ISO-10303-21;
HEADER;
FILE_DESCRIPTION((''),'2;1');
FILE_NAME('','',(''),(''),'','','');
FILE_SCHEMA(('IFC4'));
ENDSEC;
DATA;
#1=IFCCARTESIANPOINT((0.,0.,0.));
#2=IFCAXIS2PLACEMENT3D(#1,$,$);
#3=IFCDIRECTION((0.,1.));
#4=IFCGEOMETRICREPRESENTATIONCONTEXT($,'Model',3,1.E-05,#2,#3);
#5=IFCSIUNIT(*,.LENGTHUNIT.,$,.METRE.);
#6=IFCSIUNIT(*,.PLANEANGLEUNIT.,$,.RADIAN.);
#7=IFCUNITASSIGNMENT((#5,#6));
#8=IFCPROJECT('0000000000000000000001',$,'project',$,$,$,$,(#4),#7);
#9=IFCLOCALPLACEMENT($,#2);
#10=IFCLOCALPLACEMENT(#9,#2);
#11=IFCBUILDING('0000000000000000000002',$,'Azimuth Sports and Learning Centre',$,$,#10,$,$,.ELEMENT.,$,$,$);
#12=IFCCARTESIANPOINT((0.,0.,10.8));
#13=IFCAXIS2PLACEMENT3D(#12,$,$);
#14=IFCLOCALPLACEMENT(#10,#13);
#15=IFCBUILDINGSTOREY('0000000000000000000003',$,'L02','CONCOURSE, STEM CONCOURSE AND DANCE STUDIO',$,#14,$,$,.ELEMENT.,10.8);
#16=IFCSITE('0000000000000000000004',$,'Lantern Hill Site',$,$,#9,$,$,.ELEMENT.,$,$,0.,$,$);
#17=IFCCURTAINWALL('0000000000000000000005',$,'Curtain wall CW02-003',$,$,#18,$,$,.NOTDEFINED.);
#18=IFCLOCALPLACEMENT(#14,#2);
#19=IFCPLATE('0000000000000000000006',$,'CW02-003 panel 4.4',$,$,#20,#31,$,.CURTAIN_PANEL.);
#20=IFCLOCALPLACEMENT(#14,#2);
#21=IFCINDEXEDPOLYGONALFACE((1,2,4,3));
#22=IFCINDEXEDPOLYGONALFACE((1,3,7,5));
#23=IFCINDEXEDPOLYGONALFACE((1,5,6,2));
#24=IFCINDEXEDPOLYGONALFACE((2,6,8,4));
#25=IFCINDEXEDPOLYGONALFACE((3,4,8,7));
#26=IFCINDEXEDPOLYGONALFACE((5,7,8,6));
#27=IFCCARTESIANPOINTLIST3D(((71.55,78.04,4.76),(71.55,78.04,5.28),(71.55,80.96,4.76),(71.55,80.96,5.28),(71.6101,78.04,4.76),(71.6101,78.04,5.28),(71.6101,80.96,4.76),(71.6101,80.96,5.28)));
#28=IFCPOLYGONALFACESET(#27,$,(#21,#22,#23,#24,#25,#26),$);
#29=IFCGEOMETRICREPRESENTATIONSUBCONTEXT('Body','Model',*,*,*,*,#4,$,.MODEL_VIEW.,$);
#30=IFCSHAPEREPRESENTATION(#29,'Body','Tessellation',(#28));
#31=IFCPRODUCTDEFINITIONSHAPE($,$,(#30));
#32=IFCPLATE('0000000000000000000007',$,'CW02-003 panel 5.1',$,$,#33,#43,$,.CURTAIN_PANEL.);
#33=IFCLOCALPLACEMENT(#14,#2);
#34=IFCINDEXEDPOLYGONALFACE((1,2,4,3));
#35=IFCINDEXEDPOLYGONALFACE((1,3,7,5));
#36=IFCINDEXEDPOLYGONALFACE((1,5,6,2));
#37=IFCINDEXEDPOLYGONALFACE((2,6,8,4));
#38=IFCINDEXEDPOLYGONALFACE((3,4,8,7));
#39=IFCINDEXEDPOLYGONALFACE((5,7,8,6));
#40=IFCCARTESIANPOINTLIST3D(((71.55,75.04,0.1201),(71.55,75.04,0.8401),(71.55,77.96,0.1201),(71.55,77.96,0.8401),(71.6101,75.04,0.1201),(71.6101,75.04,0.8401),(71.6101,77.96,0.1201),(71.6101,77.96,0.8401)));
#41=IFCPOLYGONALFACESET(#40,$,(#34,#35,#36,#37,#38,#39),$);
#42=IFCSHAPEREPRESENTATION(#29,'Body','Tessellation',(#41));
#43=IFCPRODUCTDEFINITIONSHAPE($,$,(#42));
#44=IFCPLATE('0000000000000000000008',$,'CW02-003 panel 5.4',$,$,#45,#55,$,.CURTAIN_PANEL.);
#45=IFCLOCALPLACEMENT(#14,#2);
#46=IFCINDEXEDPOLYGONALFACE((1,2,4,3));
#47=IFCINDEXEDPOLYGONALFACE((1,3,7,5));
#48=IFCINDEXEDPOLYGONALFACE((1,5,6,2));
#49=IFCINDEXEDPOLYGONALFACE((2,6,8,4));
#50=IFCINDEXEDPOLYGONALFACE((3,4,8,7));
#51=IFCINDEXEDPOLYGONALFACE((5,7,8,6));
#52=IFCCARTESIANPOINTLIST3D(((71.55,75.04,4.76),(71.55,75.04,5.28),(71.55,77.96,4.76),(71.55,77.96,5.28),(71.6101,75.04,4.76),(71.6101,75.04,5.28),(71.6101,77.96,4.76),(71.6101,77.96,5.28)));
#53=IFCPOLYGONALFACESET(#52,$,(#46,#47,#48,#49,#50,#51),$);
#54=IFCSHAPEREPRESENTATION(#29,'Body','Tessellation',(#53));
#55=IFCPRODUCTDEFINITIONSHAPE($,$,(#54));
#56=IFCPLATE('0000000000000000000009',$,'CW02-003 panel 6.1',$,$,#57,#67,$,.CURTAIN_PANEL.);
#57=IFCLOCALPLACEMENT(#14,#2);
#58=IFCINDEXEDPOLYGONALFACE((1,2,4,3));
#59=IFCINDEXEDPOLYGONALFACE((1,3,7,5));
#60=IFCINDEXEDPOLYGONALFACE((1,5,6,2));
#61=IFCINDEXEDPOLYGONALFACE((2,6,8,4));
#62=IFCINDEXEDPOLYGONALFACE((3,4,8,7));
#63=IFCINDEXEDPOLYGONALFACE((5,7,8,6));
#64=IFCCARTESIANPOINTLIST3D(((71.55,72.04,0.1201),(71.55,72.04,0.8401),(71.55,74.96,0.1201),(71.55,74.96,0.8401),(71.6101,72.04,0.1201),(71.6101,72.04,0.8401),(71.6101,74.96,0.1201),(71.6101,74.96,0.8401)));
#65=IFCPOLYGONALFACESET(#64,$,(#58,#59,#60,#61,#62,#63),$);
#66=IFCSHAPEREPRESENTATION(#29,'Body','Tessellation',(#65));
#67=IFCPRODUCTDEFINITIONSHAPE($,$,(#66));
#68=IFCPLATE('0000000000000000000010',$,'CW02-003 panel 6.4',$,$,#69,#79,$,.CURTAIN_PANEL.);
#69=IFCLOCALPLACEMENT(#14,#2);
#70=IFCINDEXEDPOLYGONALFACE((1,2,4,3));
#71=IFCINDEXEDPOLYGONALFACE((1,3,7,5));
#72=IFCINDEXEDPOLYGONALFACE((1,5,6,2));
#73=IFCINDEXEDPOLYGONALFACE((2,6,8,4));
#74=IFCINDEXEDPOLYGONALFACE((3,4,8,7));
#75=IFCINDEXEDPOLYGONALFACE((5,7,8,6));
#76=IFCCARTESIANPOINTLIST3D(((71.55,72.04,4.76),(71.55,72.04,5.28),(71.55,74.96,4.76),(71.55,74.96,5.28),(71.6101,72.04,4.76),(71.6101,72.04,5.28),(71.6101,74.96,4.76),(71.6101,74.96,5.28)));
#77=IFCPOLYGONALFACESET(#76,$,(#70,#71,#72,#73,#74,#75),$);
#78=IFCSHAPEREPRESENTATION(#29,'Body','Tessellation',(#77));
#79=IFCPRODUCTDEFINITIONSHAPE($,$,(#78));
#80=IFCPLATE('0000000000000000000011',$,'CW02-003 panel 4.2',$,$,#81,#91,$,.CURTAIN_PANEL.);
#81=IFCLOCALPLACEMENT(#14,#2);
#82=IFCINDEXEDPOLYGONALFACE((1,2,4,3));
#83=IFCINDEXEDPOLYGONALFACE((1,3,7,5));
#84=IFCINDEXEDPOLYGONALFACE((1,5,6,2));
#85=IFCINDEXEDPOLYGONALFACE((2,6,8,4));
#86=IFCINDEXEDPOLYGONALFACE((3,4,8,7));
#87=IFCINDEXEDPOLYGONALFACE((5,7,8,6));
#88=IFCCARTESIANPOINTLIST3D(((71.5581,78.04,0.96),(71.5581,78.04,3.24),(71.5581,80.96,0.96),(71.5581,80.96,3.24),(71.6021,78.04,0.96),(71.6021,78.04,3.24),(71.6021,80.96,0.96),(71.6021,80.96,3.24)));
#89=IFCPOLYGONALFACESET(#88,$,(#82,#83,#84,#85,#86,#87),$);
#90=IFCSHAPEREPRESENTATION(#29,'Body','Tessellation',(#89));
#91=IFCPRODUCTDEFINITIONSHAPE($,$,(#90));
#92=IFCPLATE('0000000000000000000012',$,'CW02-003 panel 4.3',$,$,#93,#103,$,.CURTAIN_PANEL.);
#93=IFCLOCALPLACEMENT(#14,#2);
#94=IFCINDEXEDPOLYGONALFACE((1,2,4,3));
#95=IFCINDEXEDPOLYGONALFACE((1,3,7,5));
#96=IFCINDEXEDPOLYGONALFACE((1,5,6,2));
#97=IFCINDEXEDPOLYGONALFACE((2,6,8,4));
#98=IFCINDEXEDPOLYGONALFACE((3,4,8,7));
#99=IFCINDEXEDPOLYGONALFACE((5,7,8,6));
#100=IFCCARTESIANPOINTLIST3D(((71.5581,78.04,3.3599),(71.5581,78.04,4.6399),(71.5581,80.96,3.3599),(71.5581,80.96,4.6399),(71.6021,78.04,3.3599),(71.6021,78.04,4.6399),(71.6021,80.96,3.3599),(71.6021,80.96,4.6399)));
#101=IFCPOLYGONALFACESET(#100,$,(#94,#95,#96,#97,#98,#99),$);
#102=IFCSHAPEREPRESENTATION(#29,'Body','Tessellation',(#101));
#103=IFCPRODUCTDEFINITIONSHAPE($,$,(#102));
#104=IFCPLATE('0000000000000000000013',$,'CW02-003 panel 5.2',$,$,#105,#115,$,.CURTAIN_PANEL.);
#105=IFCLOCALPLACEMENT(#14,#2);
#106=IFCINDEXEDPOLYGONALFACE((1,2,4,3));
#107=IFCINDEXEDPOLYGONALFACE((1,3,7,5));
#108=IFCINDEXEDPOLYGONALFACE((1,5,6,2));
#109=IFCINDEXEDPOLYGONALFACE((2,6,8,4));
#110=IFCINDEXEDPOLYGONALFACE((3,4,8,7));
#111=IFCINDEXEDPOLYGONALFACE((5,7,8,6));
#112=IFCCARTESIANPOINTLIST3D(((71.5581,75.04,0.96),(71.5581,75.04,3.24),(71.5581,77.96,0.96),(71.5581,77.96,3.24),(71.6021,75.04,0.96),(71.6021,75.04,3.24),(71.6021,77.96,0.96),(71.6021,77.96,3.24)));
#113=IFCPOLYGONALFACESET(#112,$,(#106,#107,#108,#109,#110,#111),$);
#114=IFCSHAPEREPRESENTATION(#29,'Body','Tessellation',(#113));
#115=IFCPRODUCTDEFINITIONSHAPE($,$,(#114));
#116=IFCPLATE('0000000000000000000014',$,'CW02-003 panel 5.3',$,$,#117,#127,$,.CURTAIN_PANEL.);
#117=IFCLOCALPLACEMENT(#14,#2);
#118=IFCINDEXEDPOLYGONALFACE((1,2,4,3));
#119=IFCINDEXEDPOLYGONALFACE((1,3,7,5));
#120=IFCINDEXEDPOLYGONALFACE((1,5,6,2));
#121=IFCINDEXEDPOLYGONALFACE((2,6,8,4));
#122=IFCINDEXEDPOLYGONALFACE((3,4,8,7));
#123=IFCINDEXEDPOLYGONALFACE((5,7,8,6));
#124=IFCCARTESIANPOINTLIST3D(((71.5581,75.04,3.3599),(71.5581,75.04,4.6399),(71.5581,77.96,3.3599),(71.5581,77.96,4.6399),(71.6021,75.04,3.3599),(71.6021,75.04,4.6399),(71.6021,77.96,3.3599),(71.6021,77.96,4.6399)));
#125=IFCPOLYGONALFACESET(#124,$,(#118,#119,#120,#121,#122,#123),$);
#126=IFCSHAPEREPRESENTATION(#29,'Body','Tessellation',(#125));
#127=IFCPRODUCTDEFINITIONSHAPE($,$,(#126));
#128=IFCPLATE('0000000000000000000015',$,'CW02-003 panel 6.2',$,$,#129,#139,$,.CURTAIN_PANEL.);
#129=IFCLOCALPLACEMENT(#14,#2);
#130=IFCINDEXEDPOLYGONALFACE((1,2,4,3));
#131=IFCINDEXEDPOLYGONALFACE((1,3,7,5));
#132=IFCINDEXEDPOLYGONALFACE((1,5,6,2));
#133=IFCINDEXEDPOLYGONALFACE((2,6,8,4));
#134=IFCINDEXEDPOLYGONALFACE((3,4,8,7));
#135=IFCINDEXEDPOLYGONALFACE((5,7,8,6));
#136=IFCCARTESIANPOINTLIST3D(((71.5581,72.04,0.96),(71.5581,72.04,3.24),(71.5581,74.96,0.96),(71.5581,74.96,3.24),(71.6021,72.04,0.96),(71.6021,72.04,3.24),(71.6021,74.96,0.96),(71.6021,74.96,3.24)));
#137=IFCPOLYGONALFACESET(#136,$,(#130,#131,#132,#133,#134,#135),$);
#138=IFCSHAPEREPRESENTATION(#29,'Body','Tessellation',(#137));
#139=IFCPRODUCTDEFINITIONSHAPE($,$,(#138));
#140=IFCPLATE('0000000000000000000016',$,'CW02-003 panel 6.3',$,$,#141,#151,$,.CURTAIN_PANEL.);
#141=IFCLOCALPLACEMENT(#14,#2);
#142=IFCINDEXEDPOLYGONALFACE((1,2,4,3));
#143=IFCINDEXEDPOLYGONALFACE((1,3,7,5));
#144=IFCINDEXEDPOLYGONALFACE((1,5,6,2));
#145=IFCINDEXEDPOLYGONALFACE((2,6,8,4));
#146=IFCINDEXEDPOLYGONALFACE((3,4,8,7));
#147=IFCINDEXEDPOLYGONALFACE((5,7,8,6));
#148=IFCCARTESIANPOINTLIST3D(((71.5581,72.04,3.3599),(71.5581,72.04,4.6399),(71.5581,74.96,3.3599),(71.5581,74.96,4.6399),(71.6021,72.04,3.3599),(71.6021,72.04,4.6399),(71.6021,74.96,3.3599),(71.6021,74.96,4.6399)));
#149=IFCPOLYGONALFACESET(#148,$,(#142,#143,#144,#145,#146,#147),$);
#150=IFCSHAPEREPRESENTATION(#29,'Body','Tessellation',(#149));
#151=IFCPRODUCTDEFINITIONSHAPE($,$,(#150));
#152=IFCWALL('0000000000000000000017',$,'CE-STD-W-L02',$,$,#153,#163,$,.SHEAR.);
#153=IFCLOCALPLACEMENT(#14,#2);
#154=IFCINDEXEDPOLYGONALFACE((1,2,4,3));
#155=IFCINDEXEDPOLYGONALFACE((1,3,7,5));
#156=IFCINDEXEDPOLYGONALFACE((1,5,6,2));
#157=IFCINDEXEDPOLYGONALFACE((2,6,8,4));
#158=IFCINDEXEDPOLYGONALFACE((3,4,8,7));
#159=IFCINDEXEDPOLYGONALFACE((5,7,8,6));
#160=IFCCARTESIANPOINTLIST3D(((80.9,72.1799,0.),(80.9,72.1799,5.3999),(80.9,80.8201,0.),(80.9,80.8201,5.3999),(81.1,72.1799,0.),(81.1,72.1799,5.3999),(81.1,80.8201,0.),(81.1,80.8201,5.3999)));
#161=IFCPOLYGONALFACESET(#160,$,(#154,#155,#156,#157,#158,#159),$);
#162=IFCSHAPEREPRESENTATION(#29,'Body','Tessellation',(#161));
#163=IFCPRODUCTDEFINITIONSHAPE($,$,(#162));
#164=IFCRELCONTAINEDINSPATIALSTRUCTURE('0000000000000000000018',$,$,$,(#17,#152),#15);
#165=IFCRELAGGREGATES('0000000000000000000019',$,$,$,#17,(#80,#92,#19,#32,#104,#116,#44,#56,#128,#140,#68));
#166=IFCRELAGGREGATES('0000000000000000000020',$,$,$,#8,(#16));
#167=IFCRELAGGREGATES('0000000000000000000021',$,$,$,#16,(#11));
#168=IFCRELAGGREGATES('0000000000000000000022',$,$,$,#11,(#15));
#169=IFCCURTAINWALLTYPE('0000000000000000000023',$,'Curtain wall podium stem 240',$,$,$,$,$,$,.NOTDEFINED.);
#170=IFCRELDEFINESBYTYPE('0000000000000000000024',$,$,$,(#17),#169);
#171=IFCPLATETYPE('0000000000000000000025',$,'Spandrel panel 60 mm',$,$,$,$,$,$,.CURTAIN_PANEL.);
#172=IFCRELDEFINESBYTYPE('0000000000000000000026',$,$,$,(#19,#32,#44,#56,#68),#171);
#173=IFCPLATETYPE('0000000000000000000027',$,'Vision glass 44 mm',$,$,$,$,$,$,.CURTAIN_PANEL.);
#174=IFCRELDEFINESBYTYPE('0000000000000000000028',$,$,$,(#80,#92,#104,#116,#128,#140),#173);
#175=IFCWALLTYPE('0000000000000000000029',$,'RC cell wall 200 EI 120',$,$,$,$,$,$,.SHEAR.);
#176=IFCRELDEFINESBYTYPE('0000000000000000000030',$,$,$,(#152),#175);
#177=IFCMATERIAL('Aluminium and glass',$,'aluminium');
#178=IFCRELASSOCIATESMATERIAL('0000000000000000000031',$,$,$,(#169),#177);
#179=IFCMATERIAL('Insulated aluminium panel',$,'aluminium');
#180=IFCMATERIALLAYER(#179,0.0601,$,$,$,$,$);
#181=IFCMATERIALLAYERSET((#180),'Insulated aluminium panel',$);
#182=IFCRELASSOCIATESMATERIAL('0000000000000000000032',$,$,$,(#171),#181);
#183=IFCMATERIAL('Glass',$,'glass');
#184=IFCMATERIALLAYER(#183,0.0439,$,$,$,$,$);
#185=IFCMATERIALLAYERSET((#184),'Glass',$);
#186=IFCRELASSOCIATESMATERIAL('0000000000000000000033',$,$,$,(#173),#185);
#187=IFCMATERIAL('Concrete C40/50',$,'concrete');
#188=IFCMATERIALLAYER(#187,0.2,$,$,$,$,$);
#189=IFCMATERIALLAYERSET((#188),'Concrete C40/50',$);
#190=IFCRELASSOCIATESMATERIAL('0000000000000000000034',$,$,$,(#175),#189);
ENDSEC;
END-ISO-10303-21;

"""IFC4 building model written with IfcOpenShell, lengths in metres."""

from ifc_helpers import new_model, si_unit, direction, frame, frame_2d, origin, origin_2d, place, context, subcontext, project, spatial, rectangle, extrude, material, layer, layer_set, type_object, element, aggregate, save


model = new_model("IFC4")

# Units and contexts
model_context = context("Model", 3, precision=1e-05, world=origin(), true_north=direction((0.0, 1.0)))
body_context = subcontext(model_context, "Body", "Model", "MODEL_VIEW")
ifc_project = project(units=[si_unit("LENGTHUNIT", "METRE"), si_unit("PLANEANGLEUNIT", "RADIAN")], contexts=[model_context])

# Site, building, storey
site_placement = place(None, origin())
site = spatial("IfcSite", under=ifc_project, at=site_placement, Name="Lantern Hill Site", CompositionType="ELEMENT", RefElevation=0.0)
building_placement = place(site_placement, origin())
building = spatial("IfcBuilding", under=site, at=building_placement, Name="Azimuth Sports and Learning Centre", CompositionType="ELEMENT")
storey_placement = place(building_placement, frame((0.0, 0.0, 10.8)))
storey = spatial("IfcBuildingStorey", under=building, at=storey_placement, Name="L02", Description="CONCOURSE, STEM CONCOURSE AND DANCE STUDIO", CompositionType="ELEMENT", Elevation=10.8)

# Curtain wall, plates
ifc_material_1 = material(Name="Aluminium and glass", Category="aluminium")
curtain_wall_type = type_object("IfcCurtainWallType", Name="Curtain wall podium stem 240", PredefinedType="NOTDEFINED", material=ifc_material_1)
curtain_wall_placement = place(storey_placement, origin())
curtain_wall = element("IfcCurtainWall", 1, at=curtain_wall_placement, inside=storey, type_object=curtain_wall_type, Name="Curtain wall CW02-003", PredefinedType="NOTDEFINED")
ifc_material_2 = material(Name="Insulated aluminium panel", Category="aluminium")
ifc_layer_1 = layer(ifc_material_2, 0.0601)
ifc_layer_set_1 = layer_set([ifc_layer_1], Name="Insulated aluminium panel")
plate_type_1 = type_object("IfcPlateType", Name="Spandrel panel 60 mm", PredefinedType="CURTAIN_PANEL", material=ifc_layer_set_1)
plate_1_placement = place(storey_placement, frame((71.5801, 79.5, 4.76), z_axis=(0.0, 0.0, 1.0), x_axis=(0.0, -1.0, 0.0)))
plate_1 = element("IfcPlate", 2, at=plate_1_placement, type_object=plate_type_1, Name="CW02-003 panel 4.4", PredefinedType="CURTAIN_PANEL", context=body_context, shape_type="SweptSolid", body=[
    extrude(rectangle(XDim=2.9199, YDim=0.0601, at=origin_2d()), origin(), (0.0, 0.0, 1.0), 0.52),
])
plate_2_placement = place(storey_placement, frame((71.5801, 76.5, 0.1201), z_axis=(0.0, 0.0, 1.0), x_axis=(0.0, -1.0, 0.0)))
plate_2 = element("IfcPlate", 3, at=plate_2_placement, type_object=plate_type_1, Name="CW02-003 panel 5.1", PredefinedType="CURTAIN_PANEL", context=body_context, shape_type="SweptSolid", body=[
    extrude(rectangle(XDim=2.9199, YDim=0.0601, at=origin_2d()), origin(), (0.0, 0.0, 1.0), 0.72),
])
plate_3_placement = place(storey_placement, frame((71.5801, 76.5, 4.76), z_axis=(0.0, 0.0, 1.0), x_axis=(0.0, -1.0, 0.0)))
plate_3 = element("IfcPlate", 4, at=plate_3_placement, type_object=plate_type_1, Name="CW02-003 panel 5.4", PredefinedType="CURTAIN_PANEL", context=body_context, shape_type="SweptSolid", body=[
    extrude(rectangle(XDim=2.9199, YDim=0.0601, at=origin_2d()), origin(), (0.0, 0.0, 1.0), 0.52),
])
plate_4_placement = place(storey_placement, frame((71.5801, 73.5, 0.1201), z_axis=(0.0, 0.0, 1.0), x_axis=(0.0, -1.0, 0.0)))
plate_4 = element("IfcPlate", 5, at=plate_4_placement, type_object=plate_type_1, Name="CW02-003 panel 6.1", PredefinedType="CURTAIN_PANEL", context=body_context, shape_type="SweptSolid", body=[
    extrude(rectangle(XDim=2.9199, YDim=0.0601, at=origin_2d()), origin(), (0.0, 0.0, 1.0), 0.72),
])
plate_5_placement = place(storey_placement, frame((71.5801, 73.5, 4.76), z_axis=(0.0, 0.0, 1.0), x_axis=(0.0, -1.0, 0.0)))
plate_5 = element("IfcPlate", 6, at=plate_5_placement, type_object=plate_type_1, Name="CW02-003 panel 6.4", PredefinedType="CURTAIN_PANEL", context=body_context, shape_type="SweptSolid", body=[
    extrude(rectangle(XDim=2.9199, YDim=0.0601, at=origin_2d()), origin(), (0.0, 0.0, 1.0), 0.52),
])
ifc_material_3 = material(Name="Glass", Category="glass")
ifc_layer_2 = layer(ifc_material_3, 0.0439)
ifc_layer_set_2 = layer_set([ifc_layer_2], Name="Glass")
plate_type_2 = type_object("IfcPlateType", Name="Vision glass 44 mm", PredefinedType="CURTAIN_PANEL", material=ifc_layer_set_2)
plate_6_placement = place(storey_placement, frame((71.5801, 79.5, 0.96), z_axis=(0.0, 0.0, 1.0), x_axis=(0.0, -1.0, 0.0)))
plate_6 = element("IfcPlate", 7, at=plate_6_placement, type_object=plate_type_2, Name="CW02-003 panel 4.2", PredefinedType="CURTAIN_PANEL", context=body_context, shape_type="SweptSolid", body=[
    extrude(rectangle(XDim=2.9199, YDim=0.0439, at=origin_2d()), origin(), (0.0, 0.0, 1.0), 2.28),
])
plate_7_placement = place(storey_placement, frame((71.5801, 79.5, 3.3599), z_axis=(0.0, 0.0, 1.0), x_axis=(0.0, -1.0, 0.0)))
plate_7 = element("IfcPlate", 8, at=plate_7_placement, type_object=plate_type_2, Name="CW02-003 panel 4.3", PredefinedType="CURTAIN_PANEL", context=body_context, shape_type="SweptSolid", body=[
    extrude(rectangle(XDim=2.9199, YDim=0.0439, at=origin_2d()), origin(), (0.0, 0.0, 1.0), 1.28),
])
plate_8_placement = place(storey_placement, frame((71.5801, 76.5, 0.96), z_axis=(0.0, 0.0, 1.0), x_axis=(0.0, -1.0, 0.0)))
plate_8 = element("IfcPlate", 9, at=plate_8_placement, type_object=plate_type_2, Name="CW02-003 panel 5.2", PredefinedType="CURTAIN_PANEL", context=body_context, shape_type="SweptSolid", body=[
    extrude(rectangle(XDim=2.9199, YDim=0.0439, at=origin_2d()), origin(), (0.0, 0.0, 1.0), 2.28),
])
plate_9_placement = place(storey_placement, frame((71.5801, 76.5, 3.3599), z_axis=(0.0, 0.0, 1.0), x_axis=(0.0, -1.0, 0.0)))
plate_9 = element("IfcPlate", 10, at=plate_9_placement, type_object=plate_type_2, Name="CW02-003 panel 5.3", PredefinedType="CURTAIN_PANEL", context=body_context, shape_type="SweptSolid", body=[
    extrude(rectangle(XDim=2.9199, YDim=0.0439, at=origin_2d()), origin(), (0.0, 0.0, 1.0), 1.28),
])
plate_10_placement = place(storey_placement, frame((71.5801, 73.5, 0.96), z_axis=(0.0, 0.0, 1.0), x_axis=(0.0, -1.0, 0.0)))
plate_10 = element("IfcPlate", 11, at=plate_10_placement, type_object=plate_type_2, Name="CW02-003 panel 6.2", PredefinedType="CURTAIN_PANEL", context=body_context, shape_type="SweptSolid", body=[
    extrude(rectangle(XDim=2.9199, YDim=0.0439, at=origin_2d()), origin(), (0.0, 0.0, 1.0), 2.28),
])
plate_11_placement = place(storey_placement, frame((71.5801, 73.5, 3.3599), z_axis=(0.0, 0.0, 1.0), x_axis=(0.0, -1.0, 0.0)))
plate_11 = element("IfcPlate", 12, at=plate_11_placement, type_object=plate_type_2, Name="CW02-003 panel 6.3", PredefinedType="CURTAIN_PANEL", context=body_context, shape_type="SweptSolid", body=[
    extrude(rectangle(XDim=2.9199, YDim=0.0439, at=origin_2d()), origin(), (0.0, 0.0, 1.0), 1.28),
])
aggregate(curtain_wall, [plate_6, plate_7, plate_1, plate_2, plate_8, plate_9, plate_3, plate_4, plate_10, plate_11, plate_5])

# Wall
ifc_material_4 = material(Name="Concrete C40/50", Category="concrete")
ifc_layer_3 = layer(ifc_material_4, 0.2)
ifc_layer_set_3 = layer_set([ifc_layer_3], Name="Concrete C40/50")
wall_type = type_object("IfcWallType", Name="RC cell wall 200 EI 120", PredefinedType="SHEAR", material=ifc_layer_set_3)
wall_placement = place(storey_placement, frame((81.0, 72.1799, 0.0), z_axis=(0.0, 0.0, 1.0), x_axis=(0.0, 1.0, 0.0)))
element("IfcWall", 13, at=wall_placement, inside=storey, type_object=wall_type, Name="CE-STD-W-L02", PredefinedType="SHEAR", context=body_context, shape_type="SweptSolid", body=[
    extrude(rectangle(XDim=8.6401, YDim=0.2, at=frame_2d((4.3201, 0.0))), origin(), (0.0, 0.0, 1.0), 5.3999),
])

save(model, "model.ifc")
